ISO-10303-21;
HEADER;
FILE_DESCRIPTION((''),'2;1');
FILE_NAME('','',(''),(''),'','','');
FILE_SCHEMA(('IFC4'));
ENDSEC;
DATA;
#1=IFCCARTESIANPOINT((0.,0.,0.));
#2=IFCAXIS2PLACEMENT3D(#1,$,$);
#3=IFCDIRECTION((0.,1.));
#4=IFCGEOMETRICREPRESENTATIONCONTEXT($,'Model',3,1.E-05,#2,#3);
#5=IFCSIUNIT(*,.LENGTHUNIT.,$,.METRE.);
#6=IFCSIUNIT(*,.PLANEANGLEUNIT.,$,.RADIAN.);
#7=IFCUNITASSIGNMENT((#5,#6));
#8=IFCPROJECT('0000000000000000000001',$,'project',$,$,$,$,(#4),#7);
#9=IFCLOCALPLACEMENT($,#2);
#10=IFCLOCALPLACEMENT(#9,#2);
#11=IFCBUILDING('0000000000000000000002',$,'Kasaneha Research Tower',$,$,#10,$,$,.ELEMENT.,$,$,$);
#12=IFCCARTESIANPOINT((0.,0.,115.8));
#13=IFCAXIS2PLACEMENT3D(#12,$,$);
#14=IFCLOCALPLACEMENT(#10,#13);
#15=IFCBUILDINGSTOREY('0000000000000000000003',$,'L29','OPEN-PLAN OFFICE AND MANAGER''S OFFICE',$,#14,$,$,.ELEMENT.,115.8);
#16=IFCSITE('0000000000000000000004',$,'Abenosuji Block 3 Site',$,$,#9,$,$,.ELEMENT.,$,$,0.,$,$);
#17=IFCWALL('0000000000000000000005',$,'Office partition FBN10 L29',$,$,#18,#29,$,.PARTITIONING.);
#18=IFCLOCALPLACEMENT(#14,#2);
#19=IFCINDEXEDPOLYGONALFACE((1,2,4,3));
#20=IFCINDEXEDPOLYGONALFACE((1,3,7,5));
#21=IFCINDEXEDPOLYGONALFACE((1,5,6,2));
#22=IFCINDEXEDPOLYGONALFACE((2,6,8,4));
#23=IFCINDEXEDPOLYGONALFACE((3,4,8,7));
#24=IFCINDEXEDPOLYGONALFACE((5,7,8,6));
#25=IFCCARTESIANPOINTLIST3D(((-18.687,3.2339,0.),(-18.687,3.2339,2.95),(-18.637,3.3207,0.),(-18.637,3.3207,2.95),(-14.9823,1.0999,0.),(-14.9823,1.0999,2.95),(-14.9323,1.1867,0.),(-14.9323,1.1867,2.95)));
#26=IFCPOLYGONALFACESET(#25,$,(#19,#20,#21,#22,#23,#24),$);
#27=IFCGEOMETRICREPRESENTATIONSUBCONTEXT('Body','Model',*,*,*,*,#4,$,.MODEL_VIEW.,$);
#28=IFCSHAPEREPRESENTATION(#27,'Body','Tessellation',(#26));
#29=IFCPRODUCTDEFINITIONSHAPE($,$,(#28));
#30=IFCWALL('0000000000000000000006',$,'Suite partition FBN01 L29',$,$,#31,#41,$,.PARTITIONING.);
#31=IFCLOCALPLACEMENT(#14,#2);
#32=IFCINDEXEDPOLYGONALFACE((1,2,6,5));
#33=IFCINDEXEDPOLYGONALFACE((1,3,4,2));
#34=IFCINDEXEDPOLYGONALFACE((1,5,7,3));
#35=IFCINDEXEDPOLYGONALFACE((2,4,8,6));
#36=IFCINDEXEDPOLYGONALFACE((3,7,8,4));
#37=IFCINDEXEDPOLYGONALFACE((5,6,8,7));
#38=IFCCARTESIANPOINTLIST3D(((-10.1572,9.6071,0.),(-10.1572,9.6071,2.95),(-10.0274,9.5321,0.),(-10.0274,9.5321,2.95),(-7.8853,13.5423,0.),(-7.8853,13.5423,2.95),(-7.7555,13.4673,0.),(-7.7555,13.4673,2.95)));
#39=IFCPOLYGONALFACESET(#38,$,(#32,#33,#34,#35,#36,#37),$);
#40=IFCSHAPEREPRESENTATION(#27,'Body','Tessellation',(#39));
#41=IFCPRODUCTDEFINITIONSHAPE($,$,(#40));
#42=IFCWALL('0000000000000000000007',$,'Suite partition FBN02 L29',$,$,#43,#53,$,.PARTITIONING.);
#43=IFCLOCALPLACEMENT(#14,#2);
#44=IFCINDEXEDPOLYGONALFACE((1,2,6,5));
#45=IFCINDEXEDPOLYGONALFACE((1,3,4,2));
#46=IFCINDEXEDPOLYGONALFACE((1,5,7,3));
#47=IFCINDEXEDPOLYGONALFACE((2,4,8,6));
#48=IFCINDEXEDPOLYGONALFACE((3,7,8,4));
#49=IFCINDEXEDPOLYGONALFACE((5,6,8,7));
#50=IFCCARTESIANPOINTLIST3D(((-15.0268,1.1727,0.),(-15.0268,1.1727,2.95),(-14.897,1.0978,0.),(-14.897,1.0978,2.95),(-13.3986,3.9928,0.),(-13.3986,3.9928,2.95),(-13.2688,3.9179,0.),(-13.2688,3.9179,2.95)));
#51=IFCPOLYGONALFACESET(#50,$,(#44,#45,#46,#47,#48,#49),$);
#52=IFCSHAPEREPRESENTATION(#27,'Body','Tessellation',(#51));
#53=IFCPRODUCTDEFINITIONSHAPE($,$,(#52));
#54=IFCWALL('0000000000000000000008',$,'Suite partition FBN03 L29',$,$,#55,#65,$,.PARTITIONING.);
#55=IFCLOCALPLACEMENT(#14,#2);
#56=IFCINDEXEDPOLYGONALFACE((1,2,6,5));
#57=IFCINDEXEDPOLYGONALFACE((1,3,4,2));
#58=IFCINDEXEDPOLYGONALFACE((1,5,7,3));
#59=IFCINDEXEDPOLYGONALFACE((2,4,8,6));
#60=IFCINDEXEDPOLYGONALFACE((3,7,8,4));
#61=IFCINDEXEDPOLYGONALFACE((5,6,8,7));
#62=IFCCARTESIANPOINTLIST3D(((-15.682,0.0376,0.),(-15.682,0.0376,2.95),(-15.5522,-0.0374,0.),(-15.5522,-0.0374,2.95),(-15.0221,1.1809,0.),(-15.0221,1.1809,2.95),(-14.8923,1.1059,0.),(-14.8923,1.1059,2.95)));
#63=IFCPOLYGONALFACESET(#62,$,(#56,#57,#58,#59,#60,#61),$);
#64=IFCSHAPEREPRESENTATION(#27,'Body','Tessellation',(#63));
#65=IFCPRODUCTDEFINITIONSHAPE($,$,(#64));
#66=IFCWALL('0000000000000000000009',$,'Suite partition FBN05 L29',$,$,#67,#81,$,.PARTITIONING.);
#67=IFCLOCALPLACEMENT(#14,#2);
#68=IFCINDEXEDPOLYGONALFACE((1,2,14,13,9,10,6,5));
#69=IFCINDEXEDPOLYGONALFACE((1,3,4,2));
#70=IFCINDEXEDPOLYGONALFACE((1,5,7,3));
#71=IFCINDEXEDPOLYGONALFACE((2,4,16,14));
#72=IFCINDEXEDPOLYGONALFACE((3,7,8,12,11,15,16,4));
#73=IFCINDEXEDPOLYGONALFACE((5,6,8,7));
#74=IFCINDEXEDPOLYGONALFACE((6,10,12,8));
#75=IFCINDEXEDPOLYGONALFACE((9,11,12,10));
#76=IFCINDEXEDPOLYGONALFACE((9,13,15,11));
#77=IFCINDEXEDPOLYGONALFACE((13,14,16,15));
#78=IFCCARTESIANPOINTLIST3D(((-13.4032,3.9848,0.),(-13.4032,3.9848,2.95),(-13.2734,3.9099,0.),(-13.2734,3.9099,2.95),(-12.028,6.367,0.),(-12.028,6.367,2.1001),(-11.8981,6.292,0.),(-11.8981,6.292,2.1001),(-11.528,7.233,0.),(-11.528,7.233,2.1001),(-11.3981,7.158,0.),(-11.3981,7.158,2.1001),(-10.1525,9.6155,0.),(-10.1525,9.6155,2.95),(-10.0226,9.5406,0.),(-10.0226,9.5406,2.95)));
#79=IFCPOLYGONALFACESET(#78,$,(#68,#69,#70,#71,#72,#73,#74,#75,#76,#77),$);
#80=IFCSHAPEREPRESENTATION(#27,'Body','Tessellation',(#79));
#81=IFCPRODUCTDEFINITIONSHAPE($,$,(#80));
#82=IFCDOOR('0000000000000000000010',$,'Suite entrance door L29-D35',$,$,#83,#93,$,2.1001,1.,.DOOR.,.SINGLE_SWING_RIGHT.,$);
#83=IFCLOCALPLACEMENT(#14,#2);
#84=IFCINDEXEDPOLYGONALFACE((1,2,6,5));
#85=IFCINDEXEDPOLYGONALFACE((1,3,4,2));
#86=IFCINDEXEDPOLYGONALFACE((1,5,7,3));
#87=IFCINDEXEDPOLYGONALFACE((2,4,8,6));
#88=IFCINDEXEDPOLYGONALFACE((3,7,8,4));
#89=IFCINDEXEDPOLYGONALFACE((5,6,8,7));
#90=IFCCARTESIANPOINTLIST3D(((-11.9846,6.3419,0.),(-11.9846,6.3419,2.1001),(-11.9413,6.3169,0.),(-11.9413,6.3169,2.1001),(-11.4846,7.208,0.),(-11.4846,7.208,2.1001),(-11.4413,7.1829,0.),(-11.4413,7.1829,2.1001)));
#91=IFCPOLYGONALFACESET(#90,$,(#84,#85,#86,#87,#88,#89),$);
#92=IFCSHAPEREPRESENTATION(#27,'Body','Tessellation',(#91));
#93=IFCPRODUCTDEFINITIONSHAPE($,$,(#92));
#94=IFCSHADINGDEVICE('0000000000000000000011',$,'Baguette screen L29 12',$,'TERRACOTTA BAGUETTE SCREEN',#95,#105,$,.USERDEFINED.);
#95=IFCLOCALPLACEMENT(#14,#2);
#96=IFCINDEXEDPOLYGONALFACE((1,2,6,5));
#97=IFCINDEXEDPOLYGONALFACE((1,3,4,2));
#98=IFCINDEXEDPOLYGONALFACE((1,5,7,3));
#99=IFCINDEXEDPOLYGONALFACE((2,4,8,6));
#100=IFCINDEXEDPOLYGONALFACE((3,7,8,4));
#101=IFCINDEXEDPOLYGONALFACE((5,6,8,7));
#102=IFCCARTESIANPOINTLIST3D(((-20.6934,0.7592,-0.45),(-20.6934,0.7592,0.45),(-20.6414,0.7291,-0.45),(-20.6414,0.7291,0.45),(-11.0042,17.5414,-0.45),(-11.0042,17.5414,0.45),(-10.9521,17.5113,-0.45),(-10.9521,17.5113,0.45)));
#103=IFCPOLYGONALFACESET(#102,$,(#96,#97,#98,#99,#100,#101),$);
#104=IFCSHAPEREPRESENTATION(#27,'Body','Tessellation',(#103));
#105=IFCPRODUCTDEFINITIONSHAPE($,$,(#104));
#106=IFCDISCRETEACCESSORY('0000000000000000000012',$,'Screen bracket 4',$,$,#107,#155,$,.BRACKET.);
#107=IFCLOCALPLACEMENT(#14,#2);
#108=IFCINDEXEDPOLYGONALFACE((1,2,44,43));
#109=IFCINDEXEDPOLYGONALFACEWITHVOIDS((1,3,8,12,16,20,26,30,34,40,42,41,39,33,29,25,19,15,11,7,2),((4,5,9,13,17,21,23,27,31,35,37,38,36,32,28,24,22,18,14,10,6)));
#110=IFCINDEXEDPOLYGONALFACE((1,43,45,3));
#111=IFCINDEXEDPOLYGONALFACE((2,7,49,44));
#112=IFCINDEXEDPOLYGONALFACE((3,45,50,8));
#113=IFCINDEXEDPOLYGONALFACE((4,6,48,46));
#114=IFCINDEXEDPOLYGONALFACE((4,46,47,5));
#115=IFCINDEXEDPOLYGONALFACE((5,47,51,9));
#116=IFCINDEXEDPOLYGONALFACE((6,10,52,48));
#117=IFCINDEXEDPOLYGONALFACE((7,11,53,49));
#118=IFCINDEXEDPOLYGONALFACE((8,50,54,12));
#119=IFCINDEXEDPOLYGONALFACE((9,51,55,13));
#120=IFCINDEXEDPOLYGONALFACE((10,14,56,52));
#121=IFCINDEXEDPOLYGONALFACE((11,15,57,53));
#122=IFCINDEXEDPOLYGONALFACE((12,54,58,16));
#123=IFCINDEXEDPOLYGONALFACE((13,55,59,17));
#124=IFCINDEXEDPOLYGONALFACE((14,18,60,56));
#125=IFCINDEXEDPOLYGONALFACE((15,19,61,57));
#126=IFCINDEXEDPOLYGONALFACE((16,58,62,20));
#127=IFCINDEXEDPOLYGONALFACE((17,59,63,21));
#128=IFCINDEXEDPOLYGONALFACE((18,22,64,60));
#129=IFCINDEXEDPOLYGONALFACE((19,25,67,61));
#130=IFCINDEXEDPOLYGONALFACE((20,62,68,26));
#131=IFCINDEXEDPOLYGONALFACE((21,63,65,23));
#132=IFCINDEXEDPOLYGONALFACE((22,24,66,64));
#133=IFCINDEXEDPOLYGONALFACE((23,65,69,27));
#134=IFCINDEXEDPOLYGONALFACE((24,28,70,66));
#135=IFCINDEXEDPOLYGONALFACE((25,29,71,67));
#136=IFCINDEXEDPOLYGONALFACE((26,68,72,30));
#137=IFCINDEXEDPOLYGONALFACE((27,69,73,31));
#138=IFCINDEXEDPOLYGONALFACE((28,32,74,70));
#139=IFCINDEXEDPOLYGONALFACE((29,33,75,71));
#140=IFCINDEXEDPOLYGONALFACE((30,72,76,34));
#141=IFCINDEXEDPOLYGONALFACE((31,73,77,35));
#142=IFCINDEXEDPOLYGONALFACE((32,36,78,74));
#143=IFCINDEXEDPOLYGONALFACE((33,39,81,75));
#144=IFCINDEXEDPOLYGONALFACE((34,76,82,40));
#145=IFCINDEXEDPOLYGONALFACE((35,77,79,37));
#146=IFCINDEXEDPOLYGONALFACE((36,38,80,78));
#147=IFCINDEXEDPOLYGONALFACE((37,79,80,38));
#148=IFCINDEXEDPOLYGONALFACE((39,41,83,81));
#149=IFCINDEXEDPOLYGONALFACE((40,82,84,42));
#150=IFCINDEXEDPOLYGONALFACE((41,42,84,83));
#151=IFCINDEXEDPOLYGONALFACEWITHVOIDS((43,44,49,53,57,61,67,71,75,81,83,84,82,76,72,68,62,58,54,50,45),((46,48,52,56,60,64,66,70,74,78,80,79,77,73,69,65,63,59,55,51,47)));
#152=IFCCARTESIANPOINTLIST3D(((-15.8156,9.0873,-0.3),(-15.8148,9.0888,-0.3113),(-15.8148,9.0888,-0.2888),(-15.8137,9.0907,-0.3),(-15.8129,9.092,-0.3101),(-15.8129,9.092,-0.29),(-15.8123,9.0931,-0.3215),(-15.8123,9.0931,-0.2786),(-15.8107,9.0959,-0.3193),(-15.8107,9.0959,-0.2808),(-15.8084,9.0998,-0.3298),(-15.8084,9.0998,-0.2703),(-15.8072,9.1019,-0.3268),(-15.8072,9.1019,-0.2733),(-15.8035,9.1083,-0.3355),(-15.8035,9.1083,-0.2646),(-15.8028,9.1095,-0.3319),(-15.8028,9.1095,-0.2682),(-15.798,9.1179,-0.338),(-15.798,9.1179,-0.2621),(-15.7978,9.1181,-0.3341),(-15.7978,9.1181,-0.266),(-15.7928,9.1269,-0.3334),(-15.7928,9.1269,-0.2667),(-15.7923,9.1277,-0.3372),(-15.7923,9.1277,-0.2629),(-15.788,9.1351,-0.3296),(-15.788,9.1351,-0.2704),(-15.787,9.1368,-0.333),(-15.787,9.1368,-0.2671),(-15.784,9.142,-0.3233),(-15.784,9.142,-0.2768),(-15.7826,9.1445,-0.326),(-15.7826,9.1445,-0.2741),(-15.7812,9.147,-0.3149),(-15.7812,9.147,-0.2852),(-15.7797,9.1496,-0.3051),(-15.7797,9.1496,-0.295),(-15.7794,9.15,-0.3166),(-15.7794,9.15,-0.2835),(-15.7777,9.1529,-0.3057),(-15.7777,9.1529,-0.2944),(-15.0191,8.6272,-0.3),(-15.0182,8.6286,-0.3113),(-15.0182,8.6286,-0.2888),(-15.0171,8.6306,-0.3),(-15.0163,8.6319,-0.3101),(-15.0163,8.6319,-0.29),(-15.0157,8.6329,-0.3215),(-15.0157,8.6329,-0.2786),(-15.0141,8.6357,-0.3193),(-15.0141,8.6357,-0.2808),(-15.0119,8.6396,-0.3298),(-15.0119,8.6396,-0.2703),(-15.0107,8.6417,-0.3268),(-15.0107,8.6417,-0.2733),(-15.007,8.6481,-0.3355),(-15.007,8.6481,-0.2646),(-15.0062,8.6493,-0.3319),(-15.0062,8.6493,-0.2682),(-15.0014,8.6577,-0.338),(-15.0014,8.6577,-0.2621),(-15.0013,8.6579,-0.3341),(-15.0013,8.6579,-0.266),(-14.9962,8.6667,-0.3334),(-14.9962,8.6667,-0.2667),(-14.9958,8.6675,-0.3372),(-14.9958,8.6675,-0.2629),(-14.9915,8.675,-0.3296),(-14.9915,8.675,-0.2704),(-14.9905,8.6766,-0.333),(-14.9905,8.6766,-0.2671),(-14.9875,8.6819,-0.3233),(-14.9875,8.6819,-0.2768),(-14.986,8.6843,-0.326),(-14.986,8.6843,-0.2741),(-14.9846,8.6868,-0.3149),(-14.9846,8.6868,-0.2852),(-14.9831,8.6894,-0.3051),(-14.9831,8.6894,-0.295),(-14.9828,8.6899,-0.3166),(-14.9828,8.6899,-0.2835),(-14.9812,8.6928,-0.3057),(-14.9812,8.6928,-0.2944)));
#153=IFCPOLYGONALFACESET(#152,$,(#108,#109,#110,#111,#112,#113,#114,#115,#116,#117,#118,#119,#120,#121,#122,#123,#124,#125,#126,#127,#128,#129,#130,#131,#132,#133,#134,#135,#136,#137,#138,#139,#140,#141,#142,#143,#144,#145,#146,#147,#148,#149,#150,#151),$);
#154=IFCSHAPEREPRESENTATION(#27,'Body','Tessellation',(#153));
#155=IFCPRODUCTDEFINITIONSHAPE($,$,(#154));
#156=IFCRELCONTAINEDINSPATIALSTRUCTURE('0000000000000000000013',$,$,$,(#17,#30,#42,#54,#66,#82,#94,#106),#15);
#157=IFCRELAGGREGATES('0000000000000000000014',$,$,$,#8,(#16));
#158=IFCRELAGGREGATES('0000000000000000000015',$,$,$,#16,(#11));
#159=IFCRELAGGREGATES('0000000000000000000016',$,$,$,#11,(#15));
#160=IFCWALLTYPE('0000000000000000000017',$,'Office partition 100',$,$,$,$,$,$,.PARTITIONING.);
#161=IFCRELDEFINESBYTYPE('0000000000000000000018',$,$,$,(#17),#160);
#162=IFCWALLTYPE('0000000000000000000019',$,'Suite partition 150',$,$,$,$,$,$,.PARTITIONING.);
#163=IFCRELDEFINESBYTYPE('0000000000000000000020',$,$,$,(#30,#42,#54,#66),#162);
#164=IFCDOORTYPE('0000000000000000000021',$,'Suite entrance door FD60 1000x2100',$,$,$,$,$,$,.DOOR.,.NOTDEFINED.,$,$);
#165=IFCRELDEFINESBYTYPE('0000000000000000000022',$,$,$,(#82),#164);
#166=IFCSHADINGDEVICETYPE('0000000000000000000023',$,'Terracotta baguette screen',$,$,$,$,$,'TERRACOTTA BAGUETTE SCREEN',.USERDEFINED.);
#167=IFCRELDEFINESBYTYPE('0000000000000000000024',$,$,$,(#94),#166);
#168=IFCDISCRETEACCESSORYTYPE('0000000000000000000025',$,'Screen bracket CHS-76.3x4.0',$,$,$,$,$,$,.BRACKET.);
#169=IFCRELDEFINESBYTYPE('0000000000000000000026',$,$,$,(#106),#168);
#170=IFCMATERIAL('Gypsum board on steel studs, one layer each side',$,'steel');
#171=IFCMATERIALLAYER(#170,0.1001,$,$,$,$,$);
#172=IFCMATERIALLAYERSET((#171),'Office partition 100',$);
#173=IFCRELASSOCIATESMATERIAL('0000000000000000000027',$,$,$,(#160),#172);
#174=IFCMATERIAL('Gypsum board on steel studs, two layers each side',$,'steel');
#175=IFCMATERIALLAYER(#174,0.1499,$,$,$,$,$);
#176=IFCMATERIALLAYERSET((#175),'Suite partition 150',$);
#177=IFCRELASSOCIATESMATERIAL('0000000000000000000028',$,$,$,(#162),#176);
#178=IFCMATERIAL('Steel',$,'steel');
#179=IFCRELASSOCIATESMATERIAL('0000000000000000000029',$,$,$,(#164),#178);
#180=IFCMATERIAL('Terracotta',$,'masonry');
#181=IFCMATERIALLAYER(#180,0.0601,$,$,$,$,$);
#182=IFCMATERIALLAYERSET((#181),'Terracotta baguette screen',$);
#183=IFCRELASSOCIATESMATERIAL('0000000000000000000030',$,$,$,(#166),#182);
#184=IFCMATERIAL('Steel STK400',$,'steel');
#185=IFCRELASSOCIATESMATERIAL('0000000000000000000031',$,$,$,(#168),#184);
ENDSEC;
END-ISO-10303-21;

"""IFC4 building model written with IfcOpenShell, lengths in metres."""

from ifc_helpers import new_model, si_unit, direction, frame, frame_2d, origin, origin_2d, place, context, subcontext, project, spatial, rectangle, hollow_circle, extrude, material, layer, layer_set, material_profile, profile_set, type_object, element, fill, save


model = new_model("IFC4")

# Units and contexts
model_context = context("Model", 3, precision=1e-05, world=origin(), true_north=direction((0.0, 1.0)))
body_context = subcontext(model_context, "Body", "Model", "MODEL_VIEW")
ifc_project = project(units=[si_unit("LENGTHUNIT", "METRE"), si_unit("PLANEANGLEUNIT", "RADIAN")], contexts=[model_context])

# Site, building, storey
site_placement = place(None, origin())
site = spatial("IfcSite", under=ifc_project, at=site_placement, Name="Abenosuji Block 3 Site", CompositionType="ELEMENT", RefElevation=0.0)
building_placement = place(site_placement, origin())
building = spatial("IfcBuilding", under=site, at=building_placement, Name="Kasaneha Research Tower", CompositionType="ELEMENT")
storey_placement = place(building_placement, frame((0.0, 0.0, 115.8)))
storey = spatial("IfcBuildingStorey", under=building, at=storey_placement, Name="L29", Description="OPEN-PLAN OFFICE AND MANAGER'S OFFICE", CompositionType="ELEMENT", Elevation=115.8)

# Shared definitions
ifc_material_1 = material(Name="Gypsum board on steel studs, one layer each side", Category="steel")
ifc_layer_1 = layer(ifc_material_1, 0.1001)
ifc_layer_set_1 = layer_set([ifc_layer_1], Name="Office partition 100")
wall_type_1 = type_object("IfcWallType", Name="Office partition 100", PredefinedType="PARTITIONING", material=ifc_layer_set_1)

# Walls
wall_1_placement = place(storey_placement, frame((-14.9573, 1.1433, 0.0), z_axis=(0.0, 0.0, 1.0), x_axis=(-0.866527, 0.499131, 0.0)))
element("IfcWall", 1, at=wall_1_placement, inside=storey, type_object=wall_type_1, Name="Office partition FBN10 L29", PredefinedType="PARTITIONING", context=body_context, shape_type="SweptSolid", body=[
    extrude(rectangle(XDim=4.2754, YDim=0.1001, at=frame_2d((2.1377, 0.0))), origin(), (0.0, 0.0, 1.0), 2.95),
])
ifc_material_2 = material(Name="Gypsum board on steel studs, two layers each side", Category="steel")
ifc_layer_2 = layer(ifc_material_2, 0.1499)
ifc_layer_set_2 = layer_set([ifc_layer_2], Name="Suite partition 150")
wall_type_2 = type_object("IfcWallType", Name="Suite partition 150", PredefinedType="PARTITIONING", material=ifc_layer_set_2)
wall_2_placement = place(storey_placement, frame((-10.0923, 9.5696, 0.0), z_axis=(0.0, 0.0, 1.0), x_axis=(0.499988, 0.866033, 0.0)))
element("IfcWall", 2, at=wall_2_placement, inside=storey, type_object=wall_type_2, Name="Suite partition FBN01 L29", PredefinedType="PARTITIONING", context=body_context, shape_type="SweptSolid", body=[
    extrude(rectangle(XDim=4.5439, YDim=0.1499, at=frame_2d((2.272, 0.0))), origin(), (0.0, 0.0, 1.0), 2.95),
])
wall_3_placement = place(storey_placement, frame((-14.9619, 1.1353, 0.0), z_axis=(0.0, 0.0, 1.0), x_axis=(0.500002, 0.866025, 0.0)))
element("IfcWall", 3, at=wall_3_placement, inside=storey, type_object=wall_type_2, Name="Suite partition FBN02 L29", PredefinedType="PARTITIONING", context=body_context, shape_type="SweptSolid", body=[
    extrude(rectangle(XDim=3.2563, YDim=0.1499, at=frame_2d((1.6282, 0.0))), origin(), (0.0, 0.0, 1.0), 2.95),
])
wall_4_placement = place(storey_placement, frame((-15.6172, 0.0, 0.0), z_axis=(0.0, 0.0, 1.0), x_axis=(0.499899, 0.866084, 0.0)))
element("IfcWall", 4, at=wall_4_placement, inside=storey, type_object=wall_type_2, Name="Suite partition FBN03 L29", PredefinedType="PARTITIONING", context=body_context, shape_type="SweptSolid", body=[
    extrude(rectangle(XDim=1.3201, YDim=0.1499, at=frame_2d((0.6602, 0.0))), origin(), (0.0, 0.0, 1.0), 2.95),
])

# Wall, opening, door
wall_5_placement = place(storey_placement, frame((-13.3384, 3.9473, 0.0), z_axis=(0.0, 0.0, 1.0), x_axis=(0.499988, 0.866032, 0.0)))
wall_5 = element("IfcWall", 5, at=wall_5_placement, inside=storey, type_object=wall_type_2, Name="Suite partition FBN05 L29", PredefinedType="PARTITIONING", context=body_context, shape_type="SweptSolid", body=[
    extrude(rectangle(XDim=6.5017, YDim=0.1499, at=frame_2d((3.251, 0.0))), origin(), (0.0, 0.0, 1.0), 2.95),
])
opening_1_placement = place(wall_5_placement, frame((2.7507, 0.0, 0.0)))
opening_1 = element("IfcOpeningElement", 6, at=opening_1_placement, cuts=wall_5, PredefinedType="OPENING", context=body_context, shape_type="SweptSolid", body=[
    extrude(rectangle(XDim=1.0, YDim=2.1001, at=frame_2d((0.5, 1.05))), frame((0.0, 0.085, 0.0), z_axis=(0.0, -1.0, 0.0), x_axis=(1.0, 0.0, 0.0)), (0.0, 0.0, 1.0), 0.1699),
])
ifc_material_3 = material(Name="Steel", Category="steel")
door_type_1 = type_object("IfcDoorType", Name="Suite entrance door FD60 1000x2100", OperationType="NOTDEFINED", PredefinedType="DOOR", material=ifc_material_3)
door_1_placement = place(opening_1_placement, origin())
door_1 = element("IfcDoor", 7, at=door_1_placement, inside=storey, type_object=door_type_1, Name="Suite entrance door L29-D35", OperationType="SINGLE_SWING_RIGHT", OverallHeight=2.1001, OverallWidth=1.0, PredefinedType="DOOR", context=body_context, shape_type="SweptSolid", body=[
    extrude(rectangle(XDim=1.0, YDim=2.1001, at=frame_2d((0.5, 1.05))), frame((0.0, 0.0249, 0.0), z_axis=(0.0, -1.0, 0.0), x_axis=(1.0, 0.0, 0.0)), (0.0, 0.0, 1.0), 0.05),
])
fill(opening_1, door_1)

# Shading device
ifc_material_4 = material(Name="Terracotta", Category="masonry")
ifc_layer_3 = layer(ifc_material_4, 0.0601)
ifc_layer_set_3 = layer_set([ifc_layer_3], Name="Terracotta baguette screen")
shading_device_type = type_object("IfcShadingDeviceType", Name="Terracotta baguette screen", ElementType="TERRACOTTA BAGUETTE SCREEN", PredefinedType="USERDEFINED", material=ifc_layer_set_3)
shading_device_placement = place(storey_placement, frame((-15.8228, 9.1353, -0.45), z_axis=(0.0, 0.0, 1.0), x_axis=(-0.5, -0.866025, 0.0)))
element("IfcShadingDevice", 8, at=shading_device_placement, inside=storey, type_object=shading_device_type, Name="Baguette screen L29 12", ObjectType="TERRACOTTA BAGUETTE SCREEN", PredefinedType="USERDEFINED", context=body_context, shape_type="SweptSolid", body=[
    extrude(rectangle(XDim=19.3784, YDim=0.0601, at=origin_2d()), origin(), (0.0, 0.0, 1.0), 0.8999),
])

# Discrete accessory
ifc_material_5 = material(Name="Steel STK400", Category="steel")
ifc_material_profile_1 = material_profile(ifc_material_5, hollow_circle(Radius=0.0381, WallThickness=0.0039, at=origin_2d()), Name="CHS-76.3x4.0")
ifc_profile_set_1 = profile_set([ifc_material_profile_1], Name="Steel STK400")
discrete_accessory_type = type_object("IfcDiscreteAccessoryType", Name="Screen bracket CHS-76.3x4.0", PredefinedType="BRACKET", material=ifc_profile_set_1)
discrete_accessory_placement = place(storey_placement, frame((-15.0, 8.6602, -0.3), z_axis=(-0.865898, 0.50022, 0.0), x_axis=(-0.50022, -0.865898, 0.0)))
element("IfcDiscreteAccessory", 9, at=discrete_accessory_placement, inside=storey, type_object=discrete_accessory_type, Name="Screen bracket 4", PredefinedType="BRACKET", context=body_context, shape_type="SweptSolid", body=[
    extrude(hollow_circle(Radius=0.0381, WallThickness=0.0039, at=origin_2d()), origin(), (0.0, 0.0, 1.0), 0.9199),
])

save(model, "model.ifc")
